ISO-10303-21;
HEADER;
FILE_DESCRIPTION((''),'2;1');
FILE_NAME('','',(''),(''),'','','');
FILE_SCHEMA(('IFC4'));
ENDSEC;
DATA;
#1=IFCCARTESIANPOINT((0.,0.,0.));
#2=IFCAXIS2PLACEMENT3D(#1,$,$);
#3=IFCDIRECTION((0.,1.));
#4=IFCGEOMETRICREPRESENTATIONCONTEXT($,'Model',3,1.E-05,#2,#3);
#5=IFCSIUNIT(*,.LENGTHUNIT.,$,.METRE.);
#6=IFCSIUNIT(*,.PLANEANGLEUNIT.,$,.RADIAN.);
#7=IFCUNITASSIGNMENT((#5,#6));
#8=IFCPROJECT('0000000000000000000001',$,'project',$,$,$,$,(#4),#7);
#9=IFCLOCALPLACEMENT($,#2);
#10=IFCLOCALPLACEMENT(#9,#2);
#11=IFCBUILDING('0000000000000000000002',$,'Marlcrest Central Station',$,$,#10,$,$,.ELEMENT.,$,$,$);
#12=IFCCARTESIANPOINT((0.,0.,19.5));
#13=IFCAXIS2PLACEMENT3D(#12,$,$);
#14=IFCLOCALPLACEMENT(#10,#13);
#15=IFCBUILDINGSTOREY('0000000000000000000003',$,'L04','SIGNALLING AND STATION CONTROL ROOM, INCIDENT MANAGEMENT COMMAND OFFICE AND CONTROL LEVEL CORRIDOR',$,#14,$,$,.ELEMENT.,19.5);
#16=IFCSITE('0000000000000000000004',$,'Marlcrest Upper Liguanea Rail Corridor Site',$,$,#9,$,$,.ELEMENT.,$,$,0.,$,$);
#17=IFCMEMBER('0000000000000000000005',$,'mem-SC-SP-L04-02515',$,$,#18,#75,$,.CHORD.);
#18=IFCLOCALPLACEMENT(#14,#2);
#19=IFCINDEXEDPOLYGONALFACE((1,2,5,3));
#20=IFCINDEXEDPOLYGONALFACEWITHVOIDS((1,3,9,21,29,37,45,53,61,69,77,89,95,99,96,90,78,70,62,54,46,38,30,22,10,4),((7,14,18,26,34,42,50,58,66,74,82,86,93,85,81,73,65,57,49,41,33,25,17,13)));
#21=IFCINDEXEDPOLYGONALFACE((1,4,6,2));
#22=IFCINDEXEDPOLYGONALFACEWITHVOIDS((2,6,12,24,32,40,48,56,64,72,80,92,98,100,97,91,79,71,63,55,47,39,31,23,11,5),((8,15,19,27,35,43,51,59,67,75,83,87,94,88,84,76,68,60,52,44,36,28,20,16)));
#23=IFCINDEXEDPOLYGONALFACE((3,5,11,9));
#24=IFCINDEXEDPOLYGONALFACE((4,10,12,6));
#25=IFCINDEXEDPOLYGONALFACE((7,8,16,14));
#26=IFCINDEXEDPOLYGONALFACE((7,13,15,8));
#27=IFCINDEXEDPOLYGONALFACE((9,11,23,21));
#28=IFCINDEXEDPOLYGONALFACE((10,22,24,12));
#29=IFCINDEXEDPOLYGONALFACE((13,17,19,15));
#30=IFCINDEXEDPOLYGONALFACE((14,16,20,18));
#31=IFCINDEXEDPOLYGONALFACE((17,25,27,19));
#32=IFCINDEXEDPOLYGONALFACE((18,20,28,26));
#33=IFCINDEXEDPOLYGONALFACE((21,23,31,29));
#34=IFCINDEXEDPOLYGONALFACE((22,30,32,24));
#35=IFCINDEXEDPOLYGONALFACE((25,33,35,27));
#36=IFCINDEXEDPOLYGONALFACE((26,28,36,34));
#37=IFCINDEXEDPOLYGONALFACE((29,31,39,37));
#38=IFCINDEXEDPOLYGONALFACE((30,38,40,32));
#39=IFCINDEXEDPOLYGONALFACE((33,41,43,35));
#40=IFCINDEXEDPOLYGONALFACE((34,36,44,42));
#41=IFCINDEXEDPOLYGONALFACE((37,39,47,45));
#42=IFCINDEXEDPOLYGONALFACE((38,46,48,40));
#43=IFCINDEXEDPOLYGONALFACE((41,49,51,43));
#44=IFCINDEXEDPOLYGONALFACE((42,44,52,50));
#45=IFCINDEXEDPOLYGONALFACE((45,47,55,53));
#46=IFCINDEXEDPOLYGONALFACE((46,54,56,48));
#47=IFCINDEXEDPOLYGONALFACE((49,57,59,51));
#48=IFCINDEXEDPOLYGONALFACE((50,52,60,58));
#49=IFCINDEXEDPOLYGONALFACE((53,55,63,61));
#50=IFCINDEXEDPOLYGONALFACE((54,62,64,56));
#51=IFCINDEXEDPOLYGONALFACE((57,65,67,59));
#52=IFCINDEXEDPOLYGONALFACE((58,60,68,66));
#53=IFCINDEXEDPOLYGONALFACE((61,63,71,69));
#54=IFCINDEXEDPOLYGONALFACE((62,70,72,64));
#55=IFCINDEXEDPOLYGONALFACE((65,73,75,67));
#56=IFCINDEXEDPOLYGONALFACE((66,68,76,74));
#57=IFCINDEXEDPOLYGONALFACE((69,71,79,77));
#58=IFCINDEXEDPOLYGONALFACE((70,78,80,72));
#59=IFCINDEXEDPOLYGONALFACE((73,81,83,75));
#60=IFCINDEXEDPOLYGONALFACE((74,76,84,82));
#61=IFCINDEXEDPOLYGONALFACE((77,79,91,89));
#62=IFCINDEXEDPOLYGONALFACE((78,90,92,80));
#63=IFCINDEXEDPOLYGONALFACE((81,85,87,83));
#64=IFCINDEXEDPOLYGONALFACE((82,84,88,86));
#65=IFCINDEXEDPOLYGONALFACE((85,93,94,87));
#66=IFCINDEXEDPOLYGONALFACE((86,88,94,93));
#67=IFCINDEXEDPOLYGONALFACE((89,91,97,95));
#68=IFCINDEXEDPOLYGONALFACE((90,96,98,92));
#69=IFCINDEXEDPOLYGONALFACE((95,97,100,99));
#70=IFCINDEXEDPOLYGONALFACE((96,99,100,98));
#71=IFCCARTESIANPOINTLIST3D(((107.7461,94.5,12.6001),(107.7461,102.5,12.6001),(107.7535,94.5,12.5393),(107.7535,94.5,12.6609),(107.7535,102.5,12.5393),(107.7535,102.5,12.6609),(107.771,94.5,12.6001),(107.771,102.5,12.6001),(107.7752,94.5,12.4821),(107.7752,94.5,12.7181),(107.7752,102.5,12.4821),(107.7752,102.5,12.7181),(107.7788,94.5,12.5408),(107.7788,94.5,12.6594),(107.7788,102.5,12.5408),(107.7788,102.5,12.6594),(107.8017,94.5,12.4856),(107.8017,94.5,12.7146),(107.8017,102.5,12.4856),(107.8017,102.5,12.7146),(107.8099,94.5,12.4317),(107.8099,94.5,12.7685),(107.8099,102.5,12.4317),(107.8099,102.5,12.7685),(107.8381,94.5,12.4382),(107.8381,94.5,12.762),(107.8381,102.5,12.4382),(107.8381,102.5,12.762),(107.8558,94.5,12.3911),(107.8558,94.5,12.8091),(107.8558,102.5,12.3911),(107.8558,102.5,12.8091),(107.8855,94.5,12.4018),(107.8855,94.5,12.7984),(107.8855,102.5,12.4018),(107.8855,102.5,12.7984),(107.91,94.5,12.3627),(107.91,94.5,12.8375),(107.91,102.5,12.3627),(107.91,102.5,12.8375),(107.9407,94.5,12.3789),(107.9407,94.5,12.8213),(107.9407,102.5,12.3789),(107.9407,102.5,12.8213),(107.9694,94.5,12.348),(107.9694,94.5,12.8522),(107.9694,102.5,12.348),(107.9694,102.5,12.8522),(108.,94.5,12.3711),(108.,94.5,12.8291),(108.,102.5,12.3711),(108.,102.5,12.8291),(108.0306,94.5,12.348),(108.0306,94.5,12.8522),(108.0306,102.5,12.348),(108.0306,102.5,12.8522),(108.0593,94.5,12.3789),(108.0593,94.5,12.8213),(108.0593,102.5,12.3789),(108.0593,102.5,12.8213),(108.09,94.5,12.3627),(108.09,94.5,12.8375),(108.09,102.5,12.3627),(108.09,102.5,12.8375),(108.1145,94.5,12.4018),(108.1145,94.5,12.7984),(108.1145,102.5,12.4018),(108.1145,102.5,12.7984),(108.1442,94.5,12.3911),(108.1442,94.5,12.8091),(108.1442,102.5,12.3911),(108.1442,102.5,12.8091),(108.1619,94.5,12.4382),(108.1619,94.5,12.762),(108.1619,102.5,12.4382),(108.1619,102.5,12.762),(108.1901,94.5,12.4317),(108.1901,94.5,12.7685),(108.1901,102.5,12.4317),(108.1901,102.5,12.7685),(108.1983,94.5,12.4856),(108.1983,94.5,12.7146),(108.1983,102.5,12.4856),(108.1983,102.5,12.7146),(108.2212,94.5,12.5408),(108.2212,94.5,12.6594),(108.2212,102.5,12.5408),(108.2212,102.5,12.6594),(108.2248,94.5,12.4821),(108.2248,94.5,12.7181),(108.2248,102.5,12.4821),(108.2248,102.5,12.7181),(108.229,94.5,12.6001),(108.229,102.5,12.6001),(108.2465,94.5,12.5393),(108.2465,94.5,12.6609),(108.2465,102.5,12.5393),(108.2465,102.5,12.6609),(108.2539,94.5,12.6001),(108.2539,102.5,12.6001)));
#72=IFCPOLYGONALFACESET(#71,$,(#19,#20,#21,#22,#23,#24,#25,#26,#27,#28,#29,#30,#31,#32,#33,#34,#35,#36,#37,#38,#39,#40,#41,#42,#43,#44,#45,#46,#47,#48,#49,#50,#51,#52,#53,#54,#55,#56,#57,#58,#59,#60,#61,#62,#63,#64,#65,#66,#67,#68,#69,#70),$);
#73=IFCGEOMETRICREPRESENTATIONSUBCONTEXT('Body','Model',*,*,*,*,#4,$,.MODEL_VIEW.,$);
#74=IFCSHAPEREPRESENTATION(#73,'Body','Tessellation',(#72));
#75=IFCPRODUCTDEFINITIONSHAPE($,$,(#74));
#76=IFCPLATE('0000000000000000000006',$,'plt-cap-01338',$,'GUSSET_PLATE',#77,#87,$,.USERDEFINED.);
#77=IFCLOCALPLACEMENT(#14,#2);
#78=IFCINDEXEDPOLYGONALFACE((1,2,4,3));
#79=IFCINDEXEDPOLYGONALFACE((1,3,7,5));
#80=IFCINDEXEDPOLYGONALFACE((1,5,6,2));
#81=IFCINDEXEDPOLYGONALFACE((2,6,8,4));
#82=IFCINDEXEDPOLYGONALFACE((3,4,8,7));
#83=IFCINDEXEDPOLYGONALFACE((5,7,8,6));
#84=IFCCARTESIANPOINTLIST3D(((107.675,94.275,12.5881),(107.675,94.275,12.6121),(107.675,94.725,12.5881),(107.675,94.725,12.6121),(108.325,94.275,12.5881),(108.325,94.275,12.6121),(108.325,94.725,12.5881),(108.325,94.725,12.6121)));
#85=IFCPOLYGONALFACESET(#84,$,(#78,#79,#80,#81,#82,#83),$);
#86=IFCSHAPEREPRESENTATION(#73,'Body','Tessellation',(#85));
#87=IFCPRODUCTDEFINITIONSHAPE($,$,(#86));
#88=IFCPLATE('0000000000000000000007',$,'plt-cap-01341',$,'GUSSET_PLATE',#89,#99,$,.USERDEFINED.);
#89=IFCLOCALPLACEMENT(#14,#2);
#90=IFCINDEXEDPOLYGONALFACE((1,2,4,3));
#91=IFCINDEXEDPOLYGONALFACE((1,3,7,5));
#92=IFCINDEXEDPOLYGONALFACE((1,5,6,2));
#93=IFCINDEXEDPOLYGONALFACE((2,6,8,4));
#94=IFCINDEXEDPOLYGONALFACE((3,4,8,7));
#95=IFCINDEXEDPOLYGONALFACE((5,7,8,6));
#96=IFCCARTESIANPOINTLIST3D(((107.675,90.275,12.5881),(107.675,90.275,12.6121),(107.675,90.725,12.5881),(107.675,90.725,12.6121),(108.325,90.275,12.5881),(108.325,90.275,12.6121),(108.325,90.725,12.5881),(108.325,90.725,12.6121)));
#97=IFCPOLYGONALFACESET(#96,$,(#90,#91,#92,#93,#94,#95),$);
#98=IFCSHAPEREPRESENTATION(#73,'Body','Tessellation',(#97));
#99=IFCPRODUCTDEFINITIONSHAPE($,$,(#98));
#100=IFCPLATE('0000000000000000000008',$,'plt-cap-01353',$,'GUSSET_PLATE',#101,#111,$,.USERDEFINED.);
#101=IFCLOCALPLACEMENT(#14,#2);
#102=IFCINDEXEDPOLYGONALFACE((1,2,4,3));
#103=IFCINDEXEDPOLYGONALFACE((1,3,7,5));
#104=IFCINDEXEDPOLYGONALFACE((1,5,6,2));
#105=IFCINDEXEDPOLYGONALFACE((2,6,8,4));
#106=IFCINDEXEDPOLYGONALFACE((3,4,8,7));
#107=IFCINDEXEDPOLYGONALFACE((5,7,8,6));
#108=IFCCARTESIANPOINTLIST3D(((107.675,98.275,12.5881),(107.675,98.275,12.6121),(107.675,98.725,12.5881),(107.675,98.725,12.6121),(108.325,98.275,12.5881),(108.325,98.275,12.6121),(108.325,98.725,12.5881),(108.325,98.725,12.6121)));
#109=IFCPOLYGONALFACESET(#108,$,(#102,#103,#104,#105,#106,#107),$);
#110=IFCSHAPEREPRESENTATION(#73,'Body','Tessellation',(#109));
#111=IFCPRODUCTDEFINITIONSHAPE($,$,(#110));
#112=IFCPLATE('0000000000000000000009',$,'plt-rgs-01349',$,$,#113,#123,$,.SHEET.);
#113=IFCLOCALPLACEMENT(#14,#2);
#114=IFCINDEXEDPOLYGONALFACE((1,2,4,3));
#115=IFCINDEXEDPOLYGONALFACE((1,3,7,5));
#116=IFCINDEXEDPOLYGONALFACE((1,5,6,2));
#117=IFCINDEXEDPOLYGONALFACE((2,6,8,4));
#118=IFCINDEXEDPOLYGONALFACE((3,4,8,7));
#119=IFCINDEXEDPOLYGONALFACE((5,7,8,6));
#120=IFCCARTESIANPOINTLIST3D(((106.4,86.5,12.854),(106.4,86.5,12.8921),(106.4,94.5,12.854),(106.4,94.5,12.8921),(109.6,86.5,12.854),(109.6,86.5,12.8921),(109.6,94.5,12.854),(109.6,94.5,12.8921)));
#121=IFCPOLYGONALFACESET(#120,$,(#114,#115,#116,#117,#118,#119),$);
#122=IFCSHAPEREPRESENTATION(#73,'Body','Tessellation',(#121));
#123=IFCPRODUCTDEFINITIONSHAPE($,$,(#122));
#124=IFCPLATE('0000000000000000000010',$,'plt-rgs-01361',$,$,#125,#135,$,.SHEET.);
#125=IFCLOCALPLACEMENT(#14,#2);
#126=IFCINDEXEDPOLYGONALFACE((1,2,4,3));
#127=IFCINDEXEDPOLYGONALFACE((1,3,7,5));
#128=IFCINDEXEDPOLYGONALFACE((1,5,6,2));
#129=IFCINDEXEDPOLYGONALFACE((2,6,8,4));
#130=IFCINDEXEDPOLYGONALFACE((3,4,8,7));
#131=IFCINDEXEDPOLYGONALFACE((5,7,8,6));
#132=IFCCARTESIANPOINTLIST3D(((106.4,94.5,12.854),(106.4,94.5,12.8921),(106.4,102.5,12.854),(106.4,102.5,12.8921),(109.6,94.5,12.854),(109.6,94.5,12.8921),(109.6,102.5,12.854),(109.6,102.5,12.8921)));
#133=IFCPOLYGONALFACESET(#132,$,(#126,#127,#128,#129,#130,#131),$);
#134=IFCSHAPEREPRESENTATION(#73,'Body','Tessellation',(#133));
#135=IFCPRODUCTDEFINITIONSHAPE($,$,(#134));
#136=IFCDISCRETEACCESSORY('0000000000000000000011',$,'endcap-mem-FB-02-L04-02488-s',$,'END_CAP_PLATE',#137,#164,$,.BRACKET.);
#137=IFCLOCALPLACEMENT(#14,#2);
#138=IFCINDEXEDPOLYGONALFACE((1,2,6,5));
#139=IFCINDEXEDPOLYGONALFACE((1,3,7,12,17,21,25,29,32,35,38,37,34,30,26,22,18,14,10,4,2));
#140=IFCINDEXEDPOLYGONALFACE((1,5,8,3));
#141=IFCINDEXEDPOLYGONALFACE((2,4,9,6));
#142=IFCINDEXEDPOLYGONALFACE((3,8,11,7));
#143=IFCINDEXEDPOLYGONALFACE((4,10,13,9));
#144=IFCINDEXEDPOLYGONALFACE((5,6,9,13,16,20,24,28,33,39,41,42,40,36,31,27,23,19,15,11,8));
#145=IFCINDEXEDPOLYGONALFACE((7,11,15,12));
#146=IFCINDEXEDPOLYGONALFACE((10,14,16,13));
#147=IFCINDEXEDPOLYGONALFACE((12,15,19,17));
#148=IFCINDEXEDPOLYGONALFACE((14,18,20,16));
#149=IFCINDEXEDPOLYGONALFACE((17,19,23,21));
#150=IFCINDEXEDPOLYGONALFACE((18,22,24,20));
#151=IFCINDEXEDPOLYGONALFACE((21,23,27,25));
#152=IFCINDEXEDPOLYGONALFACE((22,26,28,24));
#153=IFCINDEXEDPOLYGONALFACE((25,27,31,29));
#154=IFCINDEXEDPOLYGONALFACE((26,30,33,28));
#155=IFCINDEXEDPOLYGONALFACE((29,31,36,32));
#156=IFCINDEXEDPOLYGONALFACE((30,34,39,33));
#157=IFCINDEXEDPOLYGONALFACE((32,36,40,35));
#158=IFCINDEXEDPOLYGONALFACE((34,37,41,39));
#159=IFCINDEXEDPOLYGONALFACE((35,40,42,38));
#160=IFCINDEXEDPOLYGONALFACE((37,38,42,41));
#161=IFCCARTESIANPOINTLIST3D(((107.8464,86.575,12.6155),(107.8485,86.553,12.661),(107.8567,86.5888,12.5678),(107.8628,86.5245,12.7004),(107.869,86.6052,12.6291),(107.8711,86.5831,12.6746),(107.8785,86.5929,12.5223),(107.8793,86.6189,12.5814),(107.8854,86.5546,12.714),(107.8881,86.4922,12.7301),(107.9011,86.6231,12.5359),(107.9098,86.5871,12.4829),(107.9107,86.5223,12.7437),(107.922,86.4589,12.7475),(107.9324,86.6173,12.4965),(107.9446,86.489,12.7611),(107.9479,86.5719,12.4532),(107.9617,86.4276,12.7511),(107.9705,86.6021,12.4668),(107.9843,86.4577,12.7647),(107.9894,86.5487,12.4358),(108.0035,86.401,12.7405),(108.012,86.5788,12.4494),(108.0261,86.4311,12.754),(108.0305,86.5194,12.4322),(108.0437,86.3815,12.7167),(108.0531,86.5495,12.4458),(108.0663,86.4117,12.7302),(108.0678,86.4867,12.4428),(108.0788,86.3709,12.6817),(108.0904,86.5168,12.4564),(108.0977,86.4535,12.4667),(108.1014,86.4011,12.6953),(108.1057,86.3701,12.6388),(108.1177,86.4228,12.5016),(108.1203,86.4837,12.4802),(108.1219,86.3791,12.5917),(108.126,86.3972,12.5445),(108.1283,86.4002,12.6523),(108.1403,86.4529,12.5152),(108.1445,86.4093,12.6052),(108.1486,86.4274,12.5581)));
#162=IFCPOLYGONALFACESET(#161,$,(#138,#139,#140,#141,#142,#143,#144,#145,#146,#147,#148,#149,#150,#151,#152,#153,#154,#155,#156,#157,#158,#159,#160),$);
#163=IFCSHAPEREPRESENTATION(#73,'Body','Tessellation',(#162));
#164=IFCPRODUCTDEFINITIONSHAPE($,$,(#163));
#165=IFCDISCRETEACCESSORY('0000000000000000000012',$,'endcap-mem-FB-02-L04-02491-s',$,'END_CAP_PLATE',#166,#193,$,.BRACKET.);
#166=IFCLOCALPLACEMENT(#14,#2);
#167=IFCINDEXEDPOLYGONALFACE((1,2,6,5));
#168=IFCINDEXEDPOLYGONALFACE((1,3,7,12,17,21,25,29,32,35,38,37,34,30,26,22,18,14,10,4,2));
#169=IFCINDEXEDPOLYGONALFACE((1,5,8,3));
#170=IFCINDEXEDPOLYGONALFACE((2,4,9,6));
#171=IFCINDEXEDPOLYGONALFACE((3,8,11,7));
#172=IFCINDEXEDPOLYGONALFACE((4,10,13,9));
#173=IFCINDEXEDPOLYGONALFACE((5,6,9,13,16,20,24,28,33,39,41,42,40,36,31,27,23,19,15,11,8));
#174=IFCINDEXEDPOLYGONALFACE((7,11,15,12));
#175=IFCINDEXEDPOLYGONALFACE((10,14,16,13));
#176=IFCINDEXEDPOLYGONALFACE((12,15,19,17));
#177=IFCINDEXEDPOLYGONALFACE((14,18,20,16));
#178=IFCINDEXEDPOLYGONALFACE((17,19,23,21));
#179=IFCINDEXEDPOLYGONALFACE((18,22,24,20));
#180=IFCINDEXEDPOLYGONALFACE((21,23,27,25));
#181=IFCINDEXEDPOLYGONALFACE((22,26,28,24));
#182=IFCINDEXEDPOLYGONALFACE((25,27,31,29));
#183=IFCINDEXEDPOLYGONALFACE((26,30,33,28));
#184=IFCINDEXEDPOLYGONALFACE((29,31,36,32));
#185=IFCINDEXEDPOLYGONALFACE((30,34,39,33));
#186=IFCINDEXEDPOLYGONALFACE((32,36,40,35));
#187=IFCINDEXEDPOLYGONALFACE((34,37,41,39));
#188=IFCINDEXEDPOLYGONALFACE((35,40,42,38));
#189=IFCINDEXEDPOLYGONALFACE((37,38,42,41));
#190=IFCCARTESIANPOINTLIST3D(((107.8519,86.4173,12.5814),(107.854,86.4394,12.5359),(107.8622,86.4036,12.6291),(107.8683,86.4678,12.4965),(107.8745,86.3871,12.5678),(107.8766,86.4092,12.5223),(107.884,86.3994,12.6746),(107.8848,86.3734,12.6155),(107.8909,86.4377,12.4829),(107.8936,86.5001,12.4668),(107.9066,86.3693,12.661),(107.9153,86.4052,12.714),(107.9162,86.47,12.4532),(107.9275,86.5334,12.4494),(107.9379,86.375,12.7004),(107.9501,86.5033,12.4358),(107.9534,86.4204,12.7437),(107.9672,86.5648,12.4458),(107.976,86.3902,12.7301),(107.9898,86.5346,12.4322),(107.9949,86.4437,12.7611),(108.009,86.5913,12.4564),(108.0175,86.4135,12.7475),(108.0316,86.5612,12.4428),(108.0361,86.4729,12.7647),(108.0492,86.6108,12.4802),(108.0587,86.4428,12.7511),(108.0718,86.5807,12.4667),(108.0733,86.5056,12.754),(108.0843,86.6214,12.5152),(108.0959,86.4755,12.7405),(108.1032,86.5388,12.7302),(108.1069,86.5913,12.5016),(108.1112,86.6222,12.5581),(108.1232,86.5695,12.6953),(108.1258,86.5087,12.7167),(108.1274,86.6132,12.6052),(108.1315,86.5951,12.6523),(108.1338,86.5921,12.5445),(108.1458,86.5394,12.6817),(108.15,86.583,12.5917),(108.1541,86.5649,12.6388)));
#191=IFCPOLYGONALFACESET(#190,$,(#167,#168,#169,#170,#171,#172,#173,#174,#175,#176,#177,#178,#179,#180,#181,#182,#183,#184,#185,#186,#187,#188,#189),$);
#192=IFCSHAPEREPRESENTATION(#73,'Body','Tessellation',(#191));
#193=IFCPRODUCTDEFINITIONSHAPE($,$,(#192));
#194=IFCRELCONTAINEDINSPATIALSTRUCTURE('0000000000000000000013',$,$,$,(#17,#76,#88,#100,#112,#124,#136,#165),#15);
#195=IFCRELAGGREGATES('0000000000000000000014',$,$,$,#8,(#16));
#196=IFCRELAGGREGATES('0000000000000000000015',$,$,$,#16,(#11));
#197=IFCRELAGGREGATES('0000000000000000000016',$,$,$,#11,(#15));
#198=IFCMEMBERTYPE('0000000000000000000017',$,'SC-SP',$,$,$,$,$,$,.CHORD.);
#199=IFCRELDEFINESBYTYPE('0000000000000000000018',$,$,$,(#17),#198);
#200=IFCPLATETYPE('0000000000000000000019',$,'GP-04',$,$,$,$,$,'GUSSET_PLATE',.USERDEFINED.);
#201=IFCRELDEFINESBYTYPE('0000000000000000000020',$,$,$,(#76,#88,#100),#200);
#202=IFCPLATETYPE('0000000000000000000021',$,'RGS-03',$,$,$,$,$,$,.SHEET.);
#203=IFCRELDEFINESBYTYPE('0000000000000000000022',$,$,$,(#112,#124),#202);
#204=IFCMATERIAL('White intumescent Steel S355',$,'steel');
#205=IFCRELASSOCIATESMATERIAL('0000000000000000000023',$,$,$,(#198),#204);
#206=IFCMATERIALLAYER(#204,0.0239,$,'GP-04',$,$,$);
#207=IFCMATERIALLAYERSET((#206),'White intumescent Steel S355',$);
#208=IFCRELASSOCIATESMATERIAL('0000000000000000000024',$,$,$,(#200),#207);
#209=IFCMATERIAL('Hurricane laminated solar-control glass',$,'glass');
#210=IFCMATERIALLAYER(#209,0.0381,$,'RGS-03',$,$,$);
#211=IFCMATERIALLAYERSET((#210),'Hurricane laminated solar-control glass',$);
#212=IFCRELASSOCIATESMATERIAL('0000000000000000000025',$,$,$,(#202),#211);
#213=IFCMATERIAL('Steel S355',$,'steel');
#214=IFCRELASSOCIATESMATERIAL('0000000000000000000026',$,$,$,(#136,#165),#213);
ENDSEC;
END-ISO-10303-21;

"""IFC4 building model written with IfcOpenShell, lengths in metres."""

from ifc_helpers import new_model, si_unit, direction, frame, origin, origin_2d, place, context, subcontext, project, spatial, rectangle, circle, hollow_circle, extrude, material, layer, layer_set, material_profile, profile_set, type_object, element, save


model = new_model("IFC4")

# Units and contexts
model_context = context("Model", 3, precision=1e-05, world=origin(), true_north=direction((0.0, 1.0)))
body_context = subcontext(model_context, "Body", "Model", "MODEL_VIEW")
ifc_project = project(units=[si_unit("LENGTHUNIT", "METRE"), si_unit("PLANEANGLEUNIT", "RADIAN")], contexts=[model_context])

# Site, building, storey
site_placement = place(None, origin())
site = spatial("IfcSite", under=ifc_project, at=site_placement, Name="Marlcrest Upper Liguanea Rail Corridor Site", CompositionType="ELEMENT", RefElevation=0.0)
building_placement = place(site_placement, origin())
building = spatial("IfcBuilding", under=site, at=building_placement, Name="Marlcrest Central Station", CompositionType="ELEMENT")
storey_placement = place(building_placement, frame((0.0, 0.0, 19.5)))
storey = spatial("IfcBuildingStorey", under=building, at=storey_placement, Name="L04", Description="SIGNALLING AND STATION CONTROL ROOM, INCIDENT MANAGEMENT COMMAND OFFICE AND CONTROL LEVEL CORRIDOR", CompositionType="ELEMENT", Elevation=19.5)

# Member
ifc_material_1 = material(Name="White intumescent Steel S355", Category="steel")
ifc_material_profile_1 = material_profile(ifc_material_1, hollow_circle(Radius=0.2539, WallThickness=0.0249, at=origin_2d()), Name="CHS 508x25")
ifc_profile_set_1 = profile_set([ifc_material_profile_1], Name="White intumescent Steel S355")
member_type_1 = type_object("IfcMemberType", Name="SC-SP", PredefinedType="CHORD", material=ifc_profile_set_1)
member_placement = place(storey_placement, frame((108.0, 94.5, 12.6001), z_axis=(0.0, 1.0, 0.0), x_axis=(-1.0, 0.0, 0.0)))
element("IfcMember", 1, at=member_placement, inside=storey, type_object=member_type_1, Name="mem-SC-SP-L04-02515", PredefinedType="CHORD", context=body_context, shape_type="SweptSolid", body=[
    extrude(hollow_circle(Radius=0.2539, WallThickness=0.0249, at=origin_2d()), origin(), (0.0, 0.0, 1.0), 8.0),
])

# Plates
ifc_layer_1 = layer(ifc_material_1, 0.0239, Name="GP-04")
ifc_layer_set_1 = layer_set([ifc_layer_1], Name="White intumescent Steel S355")
plate_type_1 = type_object("IfcPlateType", Name="GP-04", ElementType="GUSSET_PLATE", PredefinedType="USERDEFINED", material=ifc_layer_set_1)
for number, where, z_axis, x_axis, name in (
    (2, (108.0, 94.5, 12.5881), (0.0, 0.0, 1.0), (1.0, 0.0, 0.0), "plt-cap-01338"),
    (3, (108.0, 90.5, 12.5881), (0.0, 0.0, 1.0), (1.0, 0.0, 0.0), "plt-cap-01341"),
    (4, (108.0, 98.5, 12.5881), (0.0, 0.0, 1.0), (1.0, 0.0, 0.0), "plt-cap-01353"),
):
    element("IfcPlate", number, at=place(storey_placement, frame(where, z_axis=z_axis, x_axis=x_axis)), inside=storey, type_object=plate_type_1, Name=name, ObjectType="GUSSET_PLATE", PredefinedType="USERDEFINED", context=body_context, shape_type="SweptSolid", body=[
        extrude(rectangle(XDim=0.6499, YDim=0.45, at=origin_2d()), origin(), (0.0, 0.0, 1.0), 0.0239),
    ])
ifc_material_2 = material(Name="Hurricane laminated solar-control glass", Category="glass")
ifc_layer_2 = layer(ifc_material_2, 0.0381, Name="RGS-03")
ifc_layer_set_2 = layer_set([ifc_layer_2], Name="Hurricane laminated solar-control glass")
plate_type_2 = type_object("IfcPlateType", Name="RGS-03", PredefinedType="SHEET", material=ifc_layer_set_2)
for number, where, z_axis, x_axis, name in (
    (5, (108.0, 90.5, 12.854), (0.0, 0.0, 1.0), (1.0, 0.0, 0.0), "plt-rgs-01349"),
    (6, (108.0, 98.5, 12.854), (0.0, 0.0, 1.0), (1.0, 0.0, 0.0), "plt-rgs-01361"),
):
    element("IfcPlate", number, at=place(storey_placement, frame(where, z_axis=z_axis, x_axis=x_axis)), inside=storey, type_object=plate_type_2, Name=name, PredefinedType="SHEET", context=body_context, shape_type="SweptSolid", body=[
        extrude(rectangle(XDim=3.2, YDim=8.0, at=origin_2d()), origin(), (0.0, 0.0, 1.0), 0.0381),
    ])

# Discrete accessories
ifc_material_3 = material(Name="Steel S355", Category="steel")
for number, where, z_axis, x_axis, name in (
    (7, (108.0085, 86.5112, 12.6052), (-0.564531, -0.752708, -0.338728), (0.8, -0.6, 0.0), "endcap-mem-FB-02-L04-02488-s"),
    (8, (107.9915, 86.5112, 12.6052), (0.564531, -0.752708, -0.338728), (0.8, 0.6, 0.0), "endcap-mem-FB-02-L04-02491-s"),
):
    element("IfcDiscreteAccessory", number, at=place(storey_placement, frame(where, z_axis=z_axis, x_axis=x_axis)), inside=storey, material=ifc_material_3, Name=name, ObjectType="END_CAP_PLATE", PredefinedType="BRACKET", context=body_context, shape_type="SweptSolid", body=[
        extrude(circle(Radius=0.1699, at=origin_2d()), origin(), (0.0, 0.0, 1.0), 0.04),
    ])

save(model, "model.ifc")
